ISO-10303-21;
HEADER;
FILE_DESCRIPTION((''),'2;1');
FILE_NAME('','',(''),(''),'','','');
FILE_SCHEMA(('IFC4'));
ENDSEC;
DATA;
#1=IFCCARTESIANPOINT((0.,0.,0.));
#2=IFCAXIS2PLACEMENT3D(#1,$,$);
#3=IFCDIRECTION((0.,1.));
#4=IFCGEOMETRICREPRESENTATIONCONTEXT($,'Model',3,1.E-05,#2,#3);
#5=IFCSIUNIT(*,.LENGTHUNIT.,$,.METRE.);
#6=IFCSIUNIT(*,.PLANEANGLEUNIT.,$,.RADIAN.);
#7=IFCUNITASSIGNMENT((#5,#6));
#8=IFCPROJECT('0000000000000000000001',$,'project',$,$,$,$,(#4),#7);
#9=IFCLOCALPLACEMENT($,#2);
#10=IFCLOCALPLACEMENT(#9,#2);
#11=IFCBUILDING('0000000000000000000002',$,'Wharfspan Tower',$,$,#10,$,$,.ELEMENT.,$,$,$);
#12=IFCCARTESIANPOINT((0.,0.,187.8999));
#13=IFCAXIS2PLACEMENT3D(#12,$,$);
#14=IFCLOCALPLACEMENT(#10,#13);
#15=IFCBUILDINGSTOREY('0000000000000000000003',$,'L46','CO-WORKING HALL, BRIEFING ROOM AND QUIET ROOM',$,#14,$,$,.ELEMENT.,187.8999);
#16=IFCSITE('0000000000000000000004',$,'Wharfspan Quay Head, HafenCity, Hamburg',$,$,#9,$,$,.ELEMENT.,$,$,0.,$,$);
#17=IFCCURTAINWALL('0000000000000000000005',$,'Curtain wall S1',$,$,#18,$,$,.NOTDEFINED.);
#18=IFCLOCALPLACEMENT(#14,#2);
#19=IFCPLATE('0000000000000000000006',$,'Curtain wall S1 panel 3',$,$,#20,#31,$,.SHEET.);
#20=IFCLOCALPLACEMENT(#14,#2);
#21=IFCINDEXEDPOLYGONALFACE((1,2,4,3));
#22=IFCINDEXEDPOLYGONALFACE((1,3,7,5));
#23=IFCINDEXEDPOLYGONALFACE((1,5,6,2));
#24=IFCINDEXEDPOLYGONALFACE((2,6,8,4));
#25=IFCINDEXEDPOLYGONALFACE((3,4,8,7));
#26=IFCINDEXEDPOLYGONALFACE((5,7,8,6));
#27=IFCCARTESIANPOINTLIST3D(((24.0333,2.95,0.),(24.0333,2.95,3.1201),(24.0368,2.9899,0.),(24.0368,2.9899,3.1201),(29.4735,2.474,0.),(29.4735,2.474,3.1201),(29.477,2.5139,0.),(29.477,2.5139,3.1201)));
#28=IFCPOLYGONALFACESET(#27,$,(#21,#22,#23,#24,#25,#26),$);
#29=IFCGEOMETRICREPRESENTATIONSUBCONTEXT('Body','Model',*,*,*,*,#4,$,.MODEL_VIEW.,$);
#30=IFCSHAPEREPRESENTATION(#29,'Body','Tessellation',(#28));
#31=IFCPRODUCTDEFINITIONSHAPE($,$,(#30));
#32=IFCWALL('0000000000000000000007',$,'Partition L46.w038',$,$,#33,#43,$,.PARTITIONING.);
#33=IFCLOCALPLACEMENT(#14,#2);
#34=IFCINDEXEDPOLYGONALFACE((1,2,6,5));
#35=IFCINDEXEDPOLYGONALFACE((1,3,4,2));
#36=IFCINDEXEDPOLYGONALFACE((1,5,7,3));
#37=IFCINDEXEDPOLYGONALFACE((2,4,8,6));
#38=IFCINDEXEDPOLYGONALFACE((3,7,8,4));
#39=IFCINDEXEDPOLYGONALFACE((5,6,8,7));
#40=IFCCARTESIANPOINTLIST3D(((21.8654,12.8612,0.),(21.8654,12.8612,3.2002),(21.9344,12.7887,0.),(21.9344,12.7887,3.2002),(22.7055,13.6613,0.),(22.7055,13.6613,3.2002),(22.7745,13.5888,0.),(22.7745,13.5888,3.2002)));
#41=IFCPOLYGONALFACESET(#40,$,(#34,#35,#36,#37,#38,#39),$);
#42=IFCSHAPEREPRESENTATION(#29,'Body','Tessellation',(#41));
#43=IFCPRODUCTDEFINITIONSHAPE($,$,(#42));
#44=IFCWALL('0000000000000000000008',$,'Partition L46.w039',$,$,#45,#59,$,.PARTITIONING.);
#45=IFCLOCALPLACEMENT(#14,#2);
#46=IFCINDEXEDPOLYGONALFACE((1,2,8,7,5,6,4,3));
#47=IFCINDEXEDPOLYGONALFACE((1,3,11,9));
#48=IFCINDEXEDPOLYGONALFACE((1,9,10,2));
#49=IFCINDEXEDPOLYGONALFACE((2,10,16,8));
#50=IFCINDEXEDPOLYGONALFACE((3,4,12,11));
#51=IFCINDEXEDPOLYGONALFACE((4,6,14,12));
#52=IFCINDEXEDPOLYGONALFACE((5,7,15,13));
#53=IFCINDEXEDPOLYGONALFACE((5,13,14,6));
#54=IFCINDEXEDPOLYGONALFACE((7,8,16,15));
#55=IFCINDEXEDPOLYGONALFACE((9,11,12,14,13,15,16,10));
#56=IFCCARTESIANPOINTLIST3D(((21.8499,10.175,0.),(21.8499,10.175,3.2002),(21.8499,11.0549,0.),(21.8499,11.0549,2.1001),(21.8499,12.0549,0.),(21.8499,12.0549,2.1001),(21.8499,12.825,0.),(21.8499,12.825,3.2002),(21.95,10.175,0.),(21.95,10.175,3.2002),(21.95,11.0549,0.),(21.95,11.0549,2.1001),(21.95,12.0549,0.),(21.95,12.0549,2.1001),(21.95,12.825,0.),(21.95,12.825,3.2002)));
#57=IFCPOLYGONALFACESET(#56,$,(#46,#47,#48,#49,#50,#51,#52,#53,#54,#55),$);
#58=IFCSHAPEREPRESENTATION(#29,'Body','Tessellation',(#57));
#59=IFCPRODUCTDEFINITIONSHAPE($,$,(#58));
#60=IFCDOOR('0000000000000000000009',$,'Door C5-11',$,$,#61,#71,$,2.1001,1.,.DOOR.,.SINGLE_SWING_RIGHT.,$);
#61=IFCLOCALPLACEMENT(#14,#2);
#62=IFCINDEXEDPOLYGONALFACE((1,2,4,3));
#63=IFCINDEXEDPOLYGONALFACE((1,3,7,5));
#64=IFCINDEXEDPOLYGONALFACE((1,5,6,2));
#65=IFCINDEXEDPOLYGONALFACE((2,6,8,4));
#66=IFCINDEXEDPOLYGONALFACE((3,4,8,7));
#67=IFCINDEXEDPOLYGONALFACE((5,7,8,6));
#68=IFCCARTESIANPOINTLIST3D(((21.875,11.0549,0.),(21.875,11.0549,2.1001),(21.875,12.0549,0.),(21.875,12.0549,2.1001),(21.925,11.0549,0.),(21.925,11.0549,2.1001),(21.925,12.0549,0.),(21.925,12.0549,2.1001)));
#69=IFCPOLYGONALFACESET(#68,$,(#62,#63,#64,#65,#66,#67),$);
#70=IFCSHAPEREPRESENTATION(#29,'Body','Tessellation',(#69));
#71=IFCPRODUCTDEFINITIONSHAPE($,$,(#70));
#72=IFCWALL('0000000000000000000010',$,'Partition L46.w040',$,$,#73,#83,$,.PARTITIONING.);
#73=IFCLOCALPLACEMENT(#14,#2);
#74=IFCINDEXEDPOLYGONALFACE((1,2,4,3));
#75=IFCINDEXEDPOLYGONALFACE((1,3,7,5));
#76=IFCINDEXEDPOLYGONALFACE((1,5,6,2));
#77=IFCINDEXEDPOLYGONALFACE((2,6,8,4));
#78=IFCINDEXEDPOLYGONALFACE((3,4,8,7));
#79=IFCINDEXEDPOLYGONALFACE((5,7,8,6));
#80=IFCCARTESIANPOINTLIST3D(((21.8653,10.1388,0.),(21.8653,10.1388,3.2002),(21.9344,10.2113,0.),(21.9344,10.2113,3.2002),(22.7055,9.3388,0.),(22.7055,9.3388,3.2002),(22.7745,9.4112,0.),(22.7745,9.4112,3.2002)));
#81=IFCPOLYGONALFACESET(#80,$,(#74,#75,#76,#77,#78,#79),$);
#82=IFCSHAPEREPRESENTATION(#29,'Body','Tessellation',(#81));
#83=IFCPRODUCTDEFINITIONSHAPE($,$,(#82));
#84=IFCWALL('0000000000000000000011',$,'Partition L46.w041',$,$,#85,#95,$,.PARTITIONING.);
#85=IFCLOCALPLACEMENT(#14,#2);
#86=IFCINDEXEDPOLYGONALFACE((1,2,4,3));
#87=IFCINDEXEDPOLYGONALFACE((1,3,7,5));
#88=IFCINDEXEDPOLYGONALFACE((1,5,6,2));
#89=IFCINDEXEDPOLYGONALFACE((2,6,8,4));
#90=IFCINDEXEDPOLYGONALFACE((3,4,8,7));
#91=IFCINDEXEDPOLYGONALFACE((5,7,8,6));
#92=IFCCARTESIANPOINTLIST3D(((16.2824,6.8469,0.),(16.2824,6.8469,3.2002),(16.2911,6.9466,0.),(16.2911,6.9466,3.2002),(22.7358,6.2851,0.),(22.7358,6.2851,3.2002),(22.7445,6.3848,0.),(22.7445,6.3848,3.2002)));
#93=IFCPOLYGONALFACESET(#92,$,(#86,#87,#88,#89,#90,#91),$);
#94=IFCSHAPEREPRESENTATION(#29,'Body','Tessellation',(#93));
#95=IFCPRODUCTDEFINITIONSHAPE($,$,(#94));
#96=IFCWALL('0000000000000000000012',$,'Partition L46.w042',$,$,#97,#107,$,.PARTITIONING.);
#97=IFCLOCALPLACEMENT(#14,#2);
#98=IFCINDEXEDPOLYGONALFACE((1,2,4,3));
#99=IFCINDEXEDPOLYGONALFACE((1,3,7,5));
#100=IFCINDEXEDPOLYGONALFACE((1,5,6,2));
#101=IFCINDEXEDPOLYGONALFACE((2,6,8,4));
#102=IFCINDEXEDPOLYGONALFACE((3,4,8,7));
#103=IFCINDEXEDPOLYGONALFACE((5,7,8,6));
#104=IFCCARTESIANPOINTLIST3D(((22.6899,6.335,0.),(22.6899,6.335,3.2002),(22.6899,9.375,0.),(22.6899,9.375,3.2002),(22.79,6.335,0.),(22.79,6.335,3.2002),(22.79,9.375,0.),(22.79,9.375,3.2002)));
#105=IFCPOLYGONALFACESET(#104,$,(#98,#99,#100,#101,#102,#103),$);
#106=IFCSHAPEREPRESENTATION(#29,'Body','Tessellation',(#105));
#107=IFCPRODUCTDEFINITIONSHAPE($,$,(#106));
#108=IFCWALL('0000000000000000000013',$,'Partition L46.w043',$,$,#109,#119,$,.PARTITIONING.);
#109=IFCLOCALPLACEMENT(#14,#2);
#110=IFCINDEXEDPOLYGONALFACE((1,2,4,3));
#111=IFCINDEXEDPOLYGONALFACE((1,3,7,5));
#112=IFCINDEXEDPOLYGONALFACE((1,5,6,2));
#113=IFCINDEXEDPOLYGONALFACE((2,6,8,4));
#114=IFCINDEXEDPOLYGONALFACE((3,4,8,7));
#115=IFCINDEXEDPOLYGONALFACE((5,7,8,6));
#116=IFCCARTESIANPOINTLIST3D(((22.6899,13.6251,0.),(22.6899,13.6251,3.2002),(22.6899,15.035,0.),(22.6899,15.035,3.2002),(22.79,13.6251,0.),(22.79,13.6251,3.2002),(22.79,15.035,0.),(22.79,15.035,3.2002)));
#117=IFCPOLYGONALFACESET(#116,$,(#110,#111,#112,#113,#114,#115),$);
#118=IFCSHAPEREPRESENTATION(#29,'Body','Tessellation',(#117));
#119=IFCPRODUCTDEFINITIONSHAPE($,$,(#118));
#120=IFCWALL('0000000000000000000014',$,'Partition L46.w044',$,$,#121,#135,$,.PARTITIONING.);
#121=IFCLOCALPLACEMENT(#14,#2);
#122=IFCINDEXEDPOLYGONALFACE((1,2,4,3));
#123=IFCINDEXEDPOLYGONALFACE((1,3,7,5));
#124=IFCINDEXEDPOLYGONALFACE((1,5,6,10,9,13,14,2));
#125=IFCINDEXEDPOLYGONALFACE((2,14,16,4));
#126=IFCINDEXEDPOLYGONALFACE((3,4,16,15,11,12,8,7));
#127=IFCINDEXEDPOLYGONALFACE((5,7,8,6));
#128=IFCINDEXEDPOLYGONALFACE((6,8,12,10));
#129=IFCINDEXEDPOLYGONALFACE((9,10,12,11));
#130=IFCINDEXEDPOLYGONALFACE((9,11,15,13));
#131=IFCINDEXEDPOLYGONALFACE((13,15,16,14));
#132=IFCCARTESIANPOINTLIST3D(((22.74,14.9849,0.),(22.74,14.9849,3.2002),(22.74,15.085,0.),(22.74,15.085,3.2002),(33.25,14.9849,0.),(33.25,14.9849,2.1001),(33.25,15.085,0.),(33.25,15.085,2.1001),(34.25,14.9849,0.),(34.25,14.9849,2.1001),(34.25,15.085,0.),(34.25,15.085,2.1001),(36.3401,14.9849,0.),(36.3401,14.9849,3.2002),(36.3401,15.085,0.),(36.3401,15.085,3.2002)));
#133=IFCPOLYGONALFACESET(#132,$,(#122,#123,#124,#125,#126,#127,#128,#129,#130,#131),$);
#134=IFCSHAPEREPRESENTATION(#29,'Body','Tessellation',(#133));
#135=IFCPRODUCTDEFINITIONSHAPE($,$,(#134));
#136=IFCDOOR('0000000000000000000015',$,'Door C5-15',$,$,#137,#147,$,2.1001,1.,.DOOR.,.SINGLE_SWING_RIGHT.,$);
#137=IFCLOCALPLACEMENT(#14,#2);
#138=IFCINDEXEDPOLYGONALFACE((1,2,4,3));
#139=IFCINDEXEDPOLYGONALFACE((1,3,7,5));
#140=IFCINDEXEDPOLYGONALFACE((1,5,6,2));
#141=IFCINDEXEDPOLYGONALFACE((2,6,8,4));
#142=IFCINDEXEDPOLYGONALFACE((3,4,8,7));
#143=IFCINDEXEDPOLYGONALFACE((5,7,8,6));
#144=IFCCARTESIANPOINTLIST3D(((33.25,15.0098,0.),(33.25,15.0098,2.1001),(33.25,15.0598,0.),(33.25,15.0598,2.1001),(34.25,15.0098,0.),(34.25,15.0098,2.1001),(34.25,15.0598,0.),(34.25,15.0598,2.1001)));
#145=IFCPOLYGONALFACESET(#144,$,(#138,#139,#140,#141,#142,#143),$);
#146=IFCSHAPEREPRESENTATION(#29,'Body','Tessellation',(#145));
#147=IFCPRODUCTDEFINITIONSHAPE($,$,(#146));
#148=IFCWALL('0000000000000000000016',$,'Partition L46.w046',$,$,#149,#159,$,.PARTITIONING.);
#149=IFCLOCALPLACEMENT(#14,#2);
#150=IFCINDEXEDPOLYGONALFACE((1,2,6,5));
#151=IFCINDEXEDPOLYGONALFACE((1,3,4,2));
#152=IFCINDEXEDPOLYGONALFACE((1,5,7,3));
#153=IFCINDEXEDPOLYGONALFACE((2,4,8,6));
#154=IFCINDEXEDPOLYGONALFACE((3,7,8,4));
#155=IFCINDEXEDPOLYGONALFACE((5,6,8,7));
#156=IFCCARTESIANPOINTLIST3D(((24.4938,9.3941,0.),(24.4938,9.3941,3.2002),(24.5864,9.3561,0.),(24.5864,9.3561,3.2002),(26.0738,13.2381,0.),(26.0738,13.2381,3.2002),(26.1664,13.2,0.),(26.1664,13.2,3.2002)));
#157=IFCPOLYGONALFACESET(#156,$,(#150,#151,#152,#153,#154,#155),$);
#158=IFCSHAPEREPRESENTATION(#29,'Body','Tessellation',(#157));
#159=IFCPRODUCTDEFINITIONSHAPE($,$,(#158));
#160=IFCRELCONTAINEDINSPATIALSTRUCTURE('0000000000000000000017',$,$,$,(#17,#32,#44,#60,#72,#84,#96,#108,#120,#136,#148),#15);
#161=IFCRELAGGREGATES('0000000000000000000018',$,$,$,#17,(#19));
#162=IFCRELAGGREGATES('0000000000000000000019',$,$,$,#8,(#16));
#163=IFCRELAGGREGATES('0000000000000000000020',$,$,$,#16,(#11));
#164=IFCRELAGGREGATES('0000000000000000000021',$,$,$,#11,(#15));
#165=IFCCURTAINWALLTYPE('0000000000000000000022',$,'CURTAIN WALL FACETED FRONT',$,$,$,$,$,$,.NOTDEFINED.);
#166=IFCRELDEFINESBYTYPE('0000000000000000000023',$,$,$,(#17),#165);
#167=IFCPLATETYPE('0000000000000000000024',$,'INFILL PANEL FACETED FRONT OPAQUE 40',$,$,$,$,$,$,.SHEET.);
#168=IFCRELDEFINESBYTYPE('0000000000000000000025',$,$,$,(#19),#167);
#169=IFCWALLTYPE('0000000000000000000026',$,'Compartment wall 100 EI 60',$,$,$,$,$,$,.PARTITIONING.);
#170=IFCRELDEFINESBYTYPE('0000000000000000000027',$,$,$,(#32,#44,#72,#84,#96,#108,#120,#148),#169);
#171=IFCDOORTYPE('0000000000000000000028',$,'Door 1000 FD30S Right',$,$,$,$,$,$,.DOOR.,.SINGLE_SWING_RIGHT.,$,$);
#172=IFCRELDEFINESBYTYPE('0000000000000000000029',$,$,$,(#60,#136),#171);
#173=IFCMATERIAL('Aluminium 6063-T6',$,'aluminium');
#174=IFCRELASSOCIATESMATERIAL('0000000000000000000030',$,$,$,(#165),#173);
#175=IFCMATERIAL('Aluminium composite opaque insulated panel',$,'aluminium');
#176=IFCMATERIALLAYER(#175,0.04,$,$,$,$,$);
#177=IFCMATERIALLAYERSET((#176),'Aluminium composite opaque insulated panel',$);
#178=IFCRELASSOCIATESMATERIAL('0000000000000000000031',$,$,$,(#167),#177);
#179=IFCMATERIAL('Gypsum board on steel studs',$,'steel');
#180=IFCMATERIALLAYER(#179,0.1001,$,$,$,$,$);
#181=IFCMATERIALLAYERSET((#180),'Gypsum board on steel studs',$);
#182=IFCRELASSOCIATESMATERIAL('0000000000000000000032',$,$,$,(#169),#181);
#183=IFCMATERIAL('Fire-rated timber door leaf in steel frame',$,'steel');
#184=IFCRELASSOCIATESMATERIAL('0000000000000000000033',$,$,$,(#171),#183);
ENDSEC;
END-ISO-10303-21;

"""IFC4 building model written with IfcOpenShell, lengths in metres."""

from ifc_helpers import new_model, si_unit, direction, frame, frame_2d, origin, origin_2d, place, context, subcontext, project, spatial, rectangle, extrude, material, layer, layer_set, type_object, element, fill, aggregate, save


model = new_model("IFC4")

# Units and contexts
model_context = context("Model", 3, precision=1e-05, world=origin(), true_north=direction((0.0, 1.0)))
body_context = subcontext(model_context, "Body", "Model", "MODEL_VIEW")
ifc_project = project(units=[si_unit("LENGTHUNIT", "METRE"), si_unit("PLANEANGLEUNIT", "RADIAN")], contexts=[model_context])

# Site, building, storey
site_placement = place(None, origin())
site = spatial("IfcSite", under=ifc_project, at=site_placement, Name="Wharfspan Quay Head, HafenCity, Hamburg", CompositionType="ELEMENT", RefElevation=0.0)
building_placement = place(site_placement, origin())
building = spatial("IfcBuilding", under=site, at=building_placement, Name="Wharfspan Tower", CompositionType="ELEMENT")
storey_placement = place(building_placement, frame((0.0, 0.0, 187.8999)))
storey = spatial("IfcBuildingStorey", under=building, at=storey_placement, Name="L46", Description="CO-WORKING HALL, BRIEFING ROOM AND QUIET ROOM", CompositionType="ELEMENT", Elevation=187.8999)

# Curtain wall, plate
ifc_material_1 = material(Name="Aluminium 6063-T6", Category="aluminium")
curtain_wall_type = type_object("IfcCurtainWallType", Name="CURTAIN WALL FACETED FRONT", PredefinedType="NOTDEFINED", material=ifc_material_1)
curtain_wall_placement = place(storey_placement, origin())
curtain_wall = element("IfcCurtainWall", 1, at=curtain_wall_placement, inside=storey, type_object=curtain_wall_type, Name="Curtain wall S1", PredefinedType="NOTDEFINED")
ifc_material_2 = material(Name="Aluminium composite opaque insulated panel", Category="aluminium")
ifc_layer_1 = layer(ifc_material_2, 0.04)
ifc_layer_set_1 = layer_set([ifc_layer_1], Name="Aluminium composite opaque insulated panel")
plate_type_1 = type_object("IfcPlateType", Name="INFILL PANEL FACETED FRONT OPAQUE 40", PredefinedType="SHEET", material=ifc_layer_set_1)
plate_1_placement = place(storey_placement, frame((26.7551, 2.7319, 0.0), z_axis=(0.0, 0.0, 1.0), x_axis=(0.996198, -0.087156, 0.0)))
plate_1 = element("IfcPlate", 2, at=plate_1_placement, type_object=plate_type_1, Name="Curtain wall S1 panel 3", PredefinedType="SHEET", context=body_context, shape_type="SweptSolid", body=[
    extrude(rectangle(XDim=5.4609, YDim=0.04, at=origin_2d()), origin(), (0.0, 0.0, 1.0), 3.1201),
])
aggregate(curtain_wall, [plate_1])

# Wall
ifc_material_3 = material(Name="Gypsum board on steel studs", Category="steel")
ifc_layer_2 = layer(ifc_material_3, 0.1001)
ifc_layer_set_2 = layer_set([ifc_layer_2], Name="Gypsum board on steel studs")
wall_type_1 = type_object("IfcWallType", Name="Compartment wall 100 EI 60", PredefinedType="PARTITIONING", material=ifc_layer_set_2)
wall_1_placement = place(storey_placement, frame((21.8999, 12.825, 0.0), z_axis=(0.0, 0.0, 1.0), x_axis=(0.724157, 0.689643, 0.0)))
element("IfcWall", 3, at=wall_1_placement, inside=storey, type_object=wall_type_1, Name="Partition L46.w038", PredefinedType="PARTITIONING", context=body_context, shape_type="SweptSolid", body=[
    extrude(rectangle(XDim=1.1602, YDim=0.1001, at=frame_2d((0.5801, 0.0))), origin(), (0.0, 0.0, 1.0), 3.2002),
])

# Wall, opening, door
wall_2_placement = place(storey_placement, frame((21.8999, 10.175, 0.0), z_axis=(0.0, 0.0, 1.0), x_axis=(0.0, 1.0, 0.0)))
wall_2 = element("IfcWall", 4, at=wall_2_placement, inside=storey, type_object=wall_type_1, Name="Partition L46.w039", PredefinedType="PARTITIONING", context=body_context, shape_type="SweptSolid", body=[
    extrude(rectangle(XDim=2.6499, YDim=0.1001, at=frame_2d((1.325, 0.0))), origin(), (0.0, 0.0, 1.0), 3.2002),
])
opening_1_placement = place(wall_2_placement, frame((0.8799, 0.0, 0.0)))
opening_1 = element("IfcOpeningElement", 5, at=opening_1_placement, cuts=wall_2, PredefinedType="OPENING", context=body_context, shape_type="SweptSolid", body=[
    extrude(rectangle(XDim=1.0, YDim=2.1001, at=frame_2d((0.5, 1.05))), frame((0.0, 0.0601, 0.0), z_axis=(0.0, -1.0, 0.0), x_axis=(1.0, 0.0, 0.0)), (0.0, 0.0, 1.0), 0.1201),
])
ifc_material_4 = material(Name="Fire-rated timber door leaf in steel frame", Category="steel")
door_type_1 = type_object("IfcDoorType", Name="Door 1000 FD30S Right", OperationType="SINGLE_SWING_RIGHT", PredefinedType="DOOR", material=ifc_material_4)
door_1_placement = place(opening_1_placement, origin())
door_1 = element("IfcDoor", 6, at=door_1_placement, inside=storey, type_object=door_type_1, Name="Door C5-11", OperationType="SINGLE_SWING_RIGHT", OverallHeight=2.1001, OverallWidth=1.0, PredefinedType="DOOR", context=body_context, shape_type="SweptSolid", body=[
    extrude(rectangle(XDim=1.0, YDim=2.1001, at=frame_2d((0.5, 1.05))), frame((0.0, 0.0249, 0.0), z_axis=(0.0, -1.0, 0.0), x_axis=(1.0, 0.0, 0.0)), (0.0, 0.0, 1.0), 0.05),
])
fill(opening_1, door_1)

# Walls
wall_3_placement = place(storey_placement, frame((22.74, 9.375, 0.0), z_axis=(0.0, 0.0, 1.0), x_axis=(-0.724157, 0.689643, 0.0)))
element("IfcWall", 7, at=wall_3_placement, inside=storey, type_object=wall_type_1, Name="Partition L46.w040", PredefinedType="PARTITIONING", context=body_context, shape_type="SweptSolid", body=[
    extrude(rectangle(XDim=1.1602, YDim=0.1001, at=frame_2d((0.5801, 0.0))), origin(), (0.0, 0.0, 1.0), 3.2002),
])
wall_4_placement = place(storey_placement, frame((22.74, 6.335, 0.0), z_axis=(0.0, 0.0, 1.0), x_axis=(-0.996229, 0.086722, 0.0)))
element("IfcWall", 8, at=wall_4_placement, inside=storey, type_object=wall_type_1, Name="Partition L46.w041", PredefinedType="PARTITIONING", context=body_context, shape_type="SweptSolid", body=[
    extrude(rectangle(XDim=6.4778, YDim=0.1001, at=frame_2d((3.2388, 0.0))), origin(), (0.0, 0.0, 1.0), 3.2002),
])
wall_5_placement = place(storey_placement, frame((22.74, 6.335, 0.0), z_axis=(0.0, 0.0, 1.0), x_axis=(0.0, 1.0, 0.0)))
element("IfcWall", 9, at=wall_5_placement, inside=storey, type_object=wall_type_1, Name="Partition L46.w042", PredefinedType="PARTITIONING", context=body_context, shape_type="SweptSolid", body=[
    extrude(rectangle(XDim=3.04, YDim=0.1001, at=frame_2d((1.52, 0.0))), origin(), (0.0, 0.0, 1.0), 3.2002),
])
wall_6_placement = place(storey_placement, frame((22.74, 13.625, 0.0), z_axis=(0.0, 0.0, 1.0), x_axis=(0.0, 1.0, 0.0)))
element("IfcWall", 10, at=wall_6_placement, inside=storey, type_object=wall_type_1, Name="Partition L46.w043", PredefinedType="PARTITIONING", context=body_context, shape_type="SweptSolid", body=[
    extrude(rectangle(XDim=1.4099, YDim=0.1001, at=frame_2d((0.7051, 0.0))), origin(), (0.0, 0.0, 1.0), 3.2002),
])

# Wall, opening, door
wall_7_placement = place(storey_placement, frame((22.74, 15.0349, 0.0), z_axis=(0.0, 0.0, 1.0), x_axis=(1.0, 0.0, 0.0)))
wall_7 = element("IfcWall", 11, at=wall_7_placement, inside=storey, type_object=wall_type_1, Name="Partition L46.w044", PredefinedType="PARTITIONING", context=body_context, shape_type="SweptSolid", body=[
    extrude(rectangle(XDim=13.6001, YDim=0.1001, at=frame_2d((6.8, 0.0))), origin(), (0.0, 0.0, 1.0), 3.2002),
])
opening_2_placement = place(wall_7_placement, frame((10.51, 0.0, 0.0)))
opening_2 = element("IfcOpeningElement", 12, at=opening_2_placement, cuts=wall_7, PredefinedType="OPENING", context=body_context, shape_type="SweptSolid", body=[
    extrude(rectangle(XDim=1.0, YDim=2.1001, at=frame_2d((0.5, 1.05))), frame((0.0, 0.0601, 0.0), z_axis=(0.0, -1.0, 0.0), x_axis=(1.0, 0.0, 0.0)), (0.0, 0.0, 1.0), 0.1201),
])
door_2_placement = place(opening_2_placement, origin())
door_2 = element("IfcDoor", 13, at=door_2_placement, inside=storey, type_object=door_type_1, Name="Door C5-15", OperationType="SINGLE_SWING_RIGHT", OverallHeight=2.1001, OverallWidth=1.0, PredefinedType="DOOR", context=body_context, shape_type="SweptSolid", body=[
    extrude(rectangle(XDim=1.0, YDim=2.1001, at=frame_2d((0.5, 1.05))), frame((0.0, 0.0249, 0.0), z_axis=(0.0, -1.0, 0.0), x_axis=(1.0, 0.0, 0.0)), (0.0, 0.0, 1.0), 0.05),
])
fill(opening_2, door_2)

# Wall
wall_8_placement = place(storey_placement, frame((24.54, 9.375, 0.0), z_axis=(0.0, 0.0, 1.0), x_axis=(0.380187, 0.924914, 0.0)))
element("IfcWall", 14, at=wall_8_placement, inside=storey, type_object=wall_type_1, Name="Partition L46.w046", PredefinedType="PARTITIONING", context=body_context, shape_type="SweptSolid", body=[
    extrude(rectangle(XDim=4.156, YDim=0.1001, at=frame_2d((2.0781, 0.0))), origin(), (0.0, 0.0, 1.0), 3.2002),
])

save(model, "model.ifc")
